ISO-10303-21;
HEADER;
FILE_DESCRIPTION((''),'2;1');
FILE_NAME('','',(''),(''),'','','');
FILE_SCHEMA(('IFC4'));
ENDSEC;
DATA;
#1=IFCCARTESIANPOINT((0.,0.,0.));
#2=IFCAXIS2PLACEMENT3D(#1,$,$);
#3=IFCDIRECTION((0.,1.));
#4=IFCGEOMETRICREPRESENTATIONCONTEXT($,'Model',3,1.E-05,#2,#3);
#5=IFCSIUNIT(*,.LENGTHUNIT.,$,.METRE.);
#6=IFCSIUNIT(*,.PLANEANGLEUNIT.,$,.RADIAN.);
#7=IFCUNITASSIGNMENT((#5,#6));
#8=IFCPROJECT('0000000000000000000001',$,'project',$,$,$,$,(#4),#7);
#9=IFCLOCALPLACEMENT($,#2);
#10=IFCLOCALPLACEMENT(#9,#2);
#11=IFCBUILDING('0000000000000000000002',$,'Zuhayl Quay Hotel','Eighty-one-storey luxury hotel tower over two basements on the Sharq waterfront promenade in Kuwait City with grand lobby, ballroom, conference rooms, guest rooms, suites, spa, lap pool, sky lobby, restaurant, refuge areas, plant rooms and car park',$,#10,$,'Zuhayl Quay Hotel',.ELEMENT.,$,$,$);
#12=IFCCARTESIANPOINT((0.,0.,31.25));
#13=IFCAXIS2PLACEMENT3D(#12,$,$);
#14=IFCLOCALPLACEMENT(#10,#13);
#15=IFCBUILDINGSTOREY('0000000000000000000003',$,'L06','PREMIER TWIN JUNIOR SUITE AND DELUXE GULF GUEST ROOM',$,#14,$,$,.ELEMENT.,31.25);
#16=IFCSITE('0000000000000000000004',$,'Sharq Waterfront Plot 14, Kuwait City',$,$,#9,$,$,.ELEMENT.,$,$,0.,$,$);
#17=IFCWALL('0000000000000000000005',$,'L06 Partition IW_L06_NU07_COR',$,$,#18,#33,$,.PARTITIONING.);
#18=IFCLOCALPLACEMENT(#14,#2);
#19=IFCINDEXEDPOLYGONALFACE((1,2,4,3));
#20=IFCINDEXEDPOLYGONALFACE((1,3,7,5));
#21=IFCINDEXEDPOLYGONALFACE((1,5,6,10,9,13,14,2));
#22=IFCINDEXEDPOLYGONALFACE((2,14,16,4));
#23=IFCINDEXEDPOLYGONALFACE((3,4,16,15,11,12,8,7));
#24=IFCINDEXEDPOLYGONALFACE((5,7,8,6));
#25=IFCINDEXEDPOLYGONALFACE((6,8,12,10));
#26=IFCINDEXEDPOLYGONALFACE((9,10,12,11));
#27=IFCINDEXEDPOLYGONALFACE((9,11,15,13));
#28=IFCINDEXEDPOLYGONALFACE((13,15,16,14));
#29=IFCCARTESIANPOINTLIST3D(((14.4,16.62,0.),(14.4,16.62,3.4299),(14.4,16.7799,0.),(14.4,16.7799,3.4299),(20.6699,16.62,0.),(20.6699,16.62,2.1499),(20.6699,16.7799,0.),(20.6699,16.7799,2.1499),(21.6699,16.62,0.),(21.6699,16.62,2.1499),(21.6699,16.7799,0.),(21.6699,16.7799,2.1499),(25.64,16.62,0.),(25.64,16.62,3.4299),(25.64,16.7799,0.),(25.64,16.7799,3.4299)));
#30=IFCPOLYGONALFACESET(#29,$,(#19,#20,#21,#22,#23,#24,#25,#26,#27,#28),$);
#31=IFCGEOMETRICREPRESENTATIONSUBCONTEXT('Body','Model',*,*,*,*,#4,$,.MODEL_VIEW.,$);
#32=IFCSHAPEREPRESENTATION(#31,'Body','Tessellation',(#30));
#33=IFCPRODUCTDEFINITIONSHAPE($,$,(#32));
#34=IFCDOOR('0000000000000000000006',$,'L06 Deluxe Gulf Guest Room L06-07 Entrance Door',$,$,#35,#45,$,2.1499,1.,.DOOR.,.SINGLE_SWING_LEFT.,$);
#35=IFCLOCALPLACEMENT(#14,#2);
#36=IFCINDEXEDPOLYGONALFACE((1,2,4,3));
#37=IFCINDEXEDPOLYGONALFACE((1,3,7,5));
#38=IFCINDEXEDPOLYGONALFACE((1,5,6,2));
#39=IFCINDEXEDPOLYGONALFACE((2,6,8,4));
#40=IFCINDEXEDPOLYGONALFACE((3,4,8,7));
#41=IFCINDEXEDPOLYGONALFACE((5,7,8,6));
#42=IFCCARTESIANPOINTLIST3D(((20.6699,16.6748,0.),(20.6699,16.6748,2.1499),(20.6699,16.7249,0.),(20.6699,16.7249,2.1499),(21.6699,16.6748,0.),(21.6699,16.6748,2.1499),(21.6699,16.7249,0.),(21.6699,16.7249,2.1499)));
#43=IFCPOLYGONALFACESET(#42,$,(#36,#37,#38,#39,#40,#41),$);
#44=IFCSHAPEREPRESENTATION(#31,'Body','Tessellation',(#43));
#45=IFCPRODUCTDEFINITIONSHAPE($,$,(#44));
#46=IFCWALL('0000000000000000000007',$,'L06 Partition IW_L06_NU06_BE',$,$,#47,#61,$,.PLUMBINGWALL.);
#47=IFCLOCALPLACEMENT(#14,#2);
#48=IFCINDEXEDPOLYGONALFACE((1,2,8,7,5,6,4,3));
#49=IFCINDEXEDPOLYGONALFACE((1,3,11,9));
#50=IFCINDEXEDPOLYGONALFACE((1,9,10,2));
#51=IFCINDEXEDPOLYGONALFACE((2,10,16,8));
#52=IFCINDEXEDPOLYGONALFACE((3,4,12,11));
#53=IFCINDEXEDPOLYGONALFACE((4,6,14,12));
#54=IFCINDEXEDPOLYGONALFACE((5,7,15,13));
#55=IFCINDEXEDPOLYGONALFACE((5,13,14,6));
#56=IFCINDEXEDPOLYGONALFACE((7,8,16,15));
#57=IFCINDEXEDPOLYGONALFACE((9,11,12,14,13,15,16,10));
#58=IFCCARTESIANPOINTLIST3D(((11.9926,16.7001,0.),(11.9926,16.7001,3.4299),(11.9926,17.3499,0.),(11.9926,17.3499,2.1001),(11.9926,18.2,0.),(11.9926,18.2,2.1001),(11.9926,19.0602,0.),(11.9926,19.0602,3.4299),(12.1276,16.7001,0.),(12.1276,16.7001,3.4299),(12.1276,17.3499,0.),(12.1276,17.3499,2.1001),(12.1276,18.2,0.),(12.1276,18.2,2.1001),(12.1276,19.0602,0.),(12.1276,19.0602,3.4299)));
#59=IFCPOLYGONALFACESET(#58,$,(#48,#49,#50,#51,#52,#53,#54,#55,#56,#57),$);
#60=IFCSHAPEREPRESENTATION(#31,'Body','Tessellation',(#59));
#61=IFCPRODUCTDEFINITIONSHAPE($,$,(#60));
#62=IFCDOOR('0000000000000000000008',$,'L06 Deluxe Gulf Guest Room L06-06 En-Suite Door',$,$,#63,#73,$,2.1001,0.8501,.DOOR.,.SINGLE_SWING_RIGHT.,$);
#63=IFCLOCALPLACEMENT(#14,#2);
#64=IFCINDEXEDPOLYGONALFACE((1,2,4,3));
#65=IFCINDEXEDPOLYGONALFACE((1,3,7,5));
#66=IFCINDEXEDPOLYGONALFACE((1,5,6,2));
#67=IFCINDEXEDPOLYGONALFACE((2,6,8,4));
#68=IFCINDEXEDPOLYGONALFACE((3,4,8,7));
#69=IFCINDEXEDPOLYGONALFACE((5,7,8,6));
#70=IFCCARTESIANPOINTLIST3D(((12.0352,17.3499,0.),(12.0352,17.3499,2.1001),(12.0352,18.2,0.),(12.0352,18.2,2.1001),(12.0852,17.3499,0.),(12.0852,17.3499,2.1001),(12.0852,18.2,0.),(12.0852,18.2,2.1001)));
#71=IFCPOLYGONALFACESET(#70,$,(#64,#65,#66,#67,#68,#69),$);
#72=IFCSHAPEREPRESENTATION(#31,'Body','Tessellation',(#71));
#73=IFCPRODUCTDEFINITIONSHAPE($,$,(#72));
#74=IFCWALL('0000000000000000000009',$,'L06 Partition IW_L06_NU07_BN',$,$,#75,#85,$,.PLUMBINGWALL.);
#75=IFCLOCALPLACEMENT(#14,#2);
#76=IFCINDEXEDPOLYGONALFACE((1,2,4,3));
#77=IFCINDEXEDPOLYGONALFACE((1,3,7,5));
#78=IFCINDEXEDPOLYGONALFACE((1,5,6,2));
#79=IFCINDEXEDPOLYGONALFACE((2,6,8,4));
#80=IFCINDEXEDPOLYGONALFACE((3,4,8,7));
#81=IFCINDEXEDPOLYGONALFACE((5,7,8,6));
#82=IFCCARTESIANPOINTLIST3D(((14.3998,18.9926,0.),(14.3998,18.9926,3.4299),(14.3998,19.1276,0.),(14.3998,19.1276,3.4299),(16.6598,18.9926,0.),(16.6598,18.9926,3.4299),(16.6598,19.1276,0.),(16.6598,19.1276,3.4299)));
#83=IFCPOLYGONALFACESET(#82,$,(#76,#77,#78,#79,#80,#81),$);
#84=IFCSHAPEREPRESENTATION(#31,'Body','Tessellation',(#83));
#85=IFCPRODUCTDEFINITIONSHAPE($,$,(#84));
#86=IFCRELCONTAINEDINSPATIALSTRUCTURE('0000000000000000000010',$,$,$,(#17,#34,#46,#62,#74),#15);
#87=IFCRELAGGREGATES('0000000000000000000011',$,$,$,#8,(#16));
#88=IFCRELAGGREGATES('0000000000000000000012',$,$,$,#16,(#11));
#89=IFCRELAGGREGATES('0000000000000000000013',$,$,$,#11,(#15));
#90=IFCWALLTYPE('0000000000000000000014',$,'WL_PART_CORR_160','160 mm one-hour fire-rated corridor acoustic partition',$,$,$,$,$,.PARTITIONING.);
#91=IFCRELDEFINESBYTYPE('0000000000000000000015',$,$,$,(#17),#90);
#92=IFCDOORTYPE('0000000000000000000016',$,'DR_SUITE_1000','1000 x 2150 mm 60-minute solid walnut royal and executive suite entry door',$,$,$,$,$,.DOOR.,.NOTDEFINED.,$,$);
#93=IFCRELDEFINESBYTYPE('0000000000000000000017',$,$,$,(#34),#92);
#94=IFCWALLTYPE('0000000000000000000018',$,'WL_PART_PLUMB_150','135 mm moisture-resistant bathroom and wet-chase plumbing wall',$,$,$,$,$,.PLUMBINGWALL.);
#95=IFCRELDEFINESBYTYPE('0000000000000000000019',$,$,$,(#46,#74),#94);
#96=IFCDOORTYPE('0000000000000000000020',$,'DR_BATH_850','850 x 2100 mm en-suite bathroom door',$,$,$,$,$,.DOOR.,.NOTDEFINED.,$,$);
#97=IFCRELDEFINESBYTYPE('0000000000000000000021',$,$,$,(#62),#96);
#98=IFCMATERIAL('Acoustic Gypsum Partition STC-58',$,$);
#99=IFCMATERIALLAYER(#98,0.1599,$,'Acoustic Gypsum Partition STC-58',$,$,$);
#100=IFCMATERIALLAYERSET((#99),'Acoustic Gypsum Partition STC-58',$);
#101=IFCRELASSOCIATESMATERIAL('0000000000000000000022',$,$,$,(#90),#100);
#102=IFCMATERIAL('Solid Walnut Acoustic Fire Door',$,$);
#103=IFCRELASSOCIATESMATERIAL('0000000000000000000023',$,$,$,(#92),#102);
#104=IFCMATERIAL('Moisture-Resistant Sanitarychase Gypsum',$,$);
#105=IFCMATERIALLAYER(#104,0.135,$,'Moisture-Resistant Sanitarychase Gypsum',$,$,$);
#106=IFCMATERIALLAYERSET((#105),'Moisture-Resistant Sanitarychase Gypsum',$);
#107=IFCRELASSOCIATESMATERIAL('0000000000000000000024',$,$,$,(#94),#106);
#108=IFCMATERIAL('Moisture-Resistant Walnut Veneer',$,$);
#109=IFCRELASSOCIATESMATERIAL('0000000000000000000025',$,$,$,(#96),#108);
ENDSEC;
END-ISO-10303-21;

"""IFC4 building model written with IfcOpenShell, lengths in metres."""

from ifc_helpers import new_model, si_unit, direction, frame, frame_2d, origin, place, context, subcontext, project, spatial, rectangle, extrude, material, layer, layer_set, type_object, element, fill, save


model = new_model("IFC4")

# Units and contexts
model_context = context("Model", 3, precision=1e-05, world=origin(), true_north=direction((0.0, 1.0)))
body_context = subcontext(model_context, "Body", "Model", "MODEL_VIEW")
ifc_project = project(units=[si_unit("LENGTHUNIT", "METRE"), si_unit("PLANEANGLEUNIT", "RADIAN")], contexts=[model_context])

# Site, building, storey
site_placement = place(None, origin())
site = spatial("IfcSite", under=ifc_project, at=site_placement, Name="Sharq Waterfront Plot 14, Kuwait City", CompositionType="ELEMENT", RefElevation=0.0)
building_placement = place(site_placement, origin())
building = spatial("IfcBuilding", under=site, at=building_placement, Name="Zuhayl Quay Hotel", Description="Eighty-one-storey luxury hotel tower over two basements on the Sharq waterfront promenade in Kuwait City with grand lobby, ballroom, conference rooms, guest rooms, suites, spa, lap pool, sky lobby, restaurant, refuge areas, plant rooms and car park", LongName="Zuhayl Quay Hotel", CompositionType="ELEMENT")
storey_placement = place(building_placement, frame((0.0, 0.0, 31.25)))
storey = spatial("IfcBuildingStorey", under=building, at=storey_placement, Name="L06", Description="PREMIER TWIN JUNIOR SUITE AND DELUXE GULF GUEST ROOM", CompositionType="ELEMENT", Elevation=31.25)

# Shared definitions
ifc_material_1 = material(Name="Acoustic Gypsum Partition STC-58")

# Walls, openings, doors
ifc_layer_1 = layer(ifc_material_1, 0.1599, Name="Acoustic Gypsum Partition STC-58")
ifc_layer_set_1 = layer_set([ifc_layer_1], Name="Acoustic Gypsum Partition STC-58")
wall_type_1 = type_object("IfcWallType", Name="WL_PART_CORR_160", Description="160 mm one-hour fire-rated corridor acoustic partition", PredefinedType="PARTITIONING", material=ifc_layer_set_1)
wall_1_placement = place(storey_placement, frame((14.3999, 16.7, 0.0), z_axis=(0.0, 0.0, 1.0), x_axis=(1.0, 0.0, 0.0)))
wall_1 = element("IfcWall", 1, at=wall_1_placement, inside=storey, type_object=wall_type_1, Name="L06 Partition IW_L06_NU07_COR", PredefinedType="PARTITIONING", context=body_context, shape_type="SweptSolid", body=[
    extrude(rectangle(XDim=11.24, YDim=0.1599, at=frame_2d((5.6201, 0.0))), origin(), (0.0, 0.0, 1.0), 3.4299),
])
opening_1_placement = place(wall_1_placement, frame((6.27, 0.0, 0.0)))
opening_1 = element("IfcOpeningElement", 2, at=opening_1_placement, cuts=wall_1, PredefinedType="OPENING", context=body_context, shape_type="SweptSolid", body=[
    extrude(rectangle(XDim=1.0, YDim=2.1499, at=frame_2d((0.5, 1.075))), frame((0.0, 0.0898, 0.0), z_axis=(0.0, -1.0, 0.0), x_axis=(1.0, 0.0, 0.0)), (0.0, 0.0, 1.0), 0.1799),
])
ifc_material_2 = material(Name="Solid Walnut Acoustic Fire Door")
door_type_1 = type_object("IfcDoorType", Name="DR_SUITE_1000", Description="1000 x 2150 mm 60-minute solid walnut royal and executive suite entry door", OperationType="NOTDEFINED", PredefinedType="DOOR", material=ifc_material_2)
door_1_placement = place(opening_1_placement, origin())
door_1 = element("IfcDoor", 3, at=door_1_placement, inside=storey, type_object=door_type_1, Name="L06 Deluxe Gulf Guest Room L06-07 Entrance Door", OperationType="SINGLE_SWING_LEFT", OverallHeight=2.1499, OverallWidth=1.0, PredefinedType="DOOR", context=body_context, shape_type="SweptSolid", body=[
    extrude(rectangle(XDim=1.0, YDim=2.1499, at=frame_2d((0.5, 1.075))), frame((0.0, 0.0249, 0.0), z_axis=(0.0, -1.0, 0.0), x_axis=(1.0, 0.0, 0.0)), (0.0, 0.0, 1.0), 0.05),
])
fill(opening_1, door_1)
ifc_material_3 = material(Name="Moisture-Resistant Sanitarychase Gypsum")
ifc_layer_2 = layer(ifc_material_3, 0.135, Name="Moisture-Resistant Sanitarychase Gypsum")
ifc_layer_set_2 = layer_set([ifc_layer_2], Name="Moisture-Resistant Sanitarychase Gypsum")
wall_type_2 = type_object("IfcWallType", Name="WL_PART_PLUMB_150", Description="135 mm moisture-resistant bathroom and wet-chase plumbing wall", PredefinedType="PLUMBINGWALL", material=ifc_layer_set_2)
wall_2_placement = place(storey_placement, frame((12.0601, 16.7, 0.0), z_axis=(0.0, 0.0, 1.0), x_axis=(0.0, 1.0, 0.0)))
wall_2 = element("IfcWall", 4, at=wall_2_placement, inside=storey, type_object=wall_type_2, Name="L06 Partition IW_L06_NU06_BE", PredefinedType="PLUMBINGWALL", context=body_context, shape_type="SweptSolid", body=[
    extrude(rectangle(XDim=2.3601, YDim=0.135, at=frame_2d((1.1802, 0.0))), origin(), (0.0, 0.0, 1.0), 3.4299),
])
opening_2_placement = place(wall_2_placement, frame((0.6499, 0.0, 0.0)))
opening_2 = element("IfcOpeningElement", 5, at=opening_2_placement, cuts=wall_2, PredefinedType="OPENING", context=body_context, shape_type="SweptSolid", body=[
    extrude(rectangle(XDim=0.8501, YDim=2.1001, at=frame_2d((0.425, 1.05))), frame((0.0, 0.0774, 0.0), z_axis=(0.0, -1.0, 0.0), x_axis=(1.0, 0.0, 0.0)), (0.0, 0.0, 1.0), 0.155),
])
ifc_material_4 = material(Name="Moisture-Resistant Walnut Veneer")
door_type_2 = type_object("IfcDoorType", Name="DR_BATH_850", Description="850 x 2100 mm en-suite bathroom door", OperationType="NOTDEFINED", PredefinedType="DOOR", material=ifc_material_4)
door_2_placement = place(opening_2_placement, origin())
door_2 = element("IfcDoor", 6, at=door_2_placement, inside=storey, type_object=door_type_2, Name="L06 Deluxe Gulf Guest Room L06-06 En-Suite Door", OperationType="SINGLE_SWING_RIGHT", OverallHeight=2.1001, OverallWidth=0.8501, PredefinedType="DOOR", context=body_context, shape_type="SweptSolid", body=[
    extrude(rectangle(XDim=0.8501, YDim=2.1001, at=frame_2d((0.425, 1.05))), frame((0.0, 0.0249, 0.0), z_axis=(0.0, -1.0, 0.0), x_axis=(1.0, 0.0, 0.0)), (0.0, 0.0, 1.0), 0.05),
])
fill(opening_2, door_2)

# Wall
wall_3_placement = place(storey_placement, frame((14.3999, 19.0601, 0.0), z_axis=(0.0, 0.0, 1.0), x_axis=(1.0, 0.0, 0.0)))
element("IfcWall", 7, at=wall_3_placement, inside=storey, type_object=wall_type_2, Name="L06 Partition IW_L06_NU07_BN", PredefinedType="PLUMBINGWALL", context=body_context, shape_type="SweptSolid", body=[
    extrude(rectangle(XDim=2.26, YDim=0.135, at=frame_2d((1.1299, 0.0))), origin(), (0.0, 0.0, 1.0), 3.4299),
])

save(model, "model.ifc")
